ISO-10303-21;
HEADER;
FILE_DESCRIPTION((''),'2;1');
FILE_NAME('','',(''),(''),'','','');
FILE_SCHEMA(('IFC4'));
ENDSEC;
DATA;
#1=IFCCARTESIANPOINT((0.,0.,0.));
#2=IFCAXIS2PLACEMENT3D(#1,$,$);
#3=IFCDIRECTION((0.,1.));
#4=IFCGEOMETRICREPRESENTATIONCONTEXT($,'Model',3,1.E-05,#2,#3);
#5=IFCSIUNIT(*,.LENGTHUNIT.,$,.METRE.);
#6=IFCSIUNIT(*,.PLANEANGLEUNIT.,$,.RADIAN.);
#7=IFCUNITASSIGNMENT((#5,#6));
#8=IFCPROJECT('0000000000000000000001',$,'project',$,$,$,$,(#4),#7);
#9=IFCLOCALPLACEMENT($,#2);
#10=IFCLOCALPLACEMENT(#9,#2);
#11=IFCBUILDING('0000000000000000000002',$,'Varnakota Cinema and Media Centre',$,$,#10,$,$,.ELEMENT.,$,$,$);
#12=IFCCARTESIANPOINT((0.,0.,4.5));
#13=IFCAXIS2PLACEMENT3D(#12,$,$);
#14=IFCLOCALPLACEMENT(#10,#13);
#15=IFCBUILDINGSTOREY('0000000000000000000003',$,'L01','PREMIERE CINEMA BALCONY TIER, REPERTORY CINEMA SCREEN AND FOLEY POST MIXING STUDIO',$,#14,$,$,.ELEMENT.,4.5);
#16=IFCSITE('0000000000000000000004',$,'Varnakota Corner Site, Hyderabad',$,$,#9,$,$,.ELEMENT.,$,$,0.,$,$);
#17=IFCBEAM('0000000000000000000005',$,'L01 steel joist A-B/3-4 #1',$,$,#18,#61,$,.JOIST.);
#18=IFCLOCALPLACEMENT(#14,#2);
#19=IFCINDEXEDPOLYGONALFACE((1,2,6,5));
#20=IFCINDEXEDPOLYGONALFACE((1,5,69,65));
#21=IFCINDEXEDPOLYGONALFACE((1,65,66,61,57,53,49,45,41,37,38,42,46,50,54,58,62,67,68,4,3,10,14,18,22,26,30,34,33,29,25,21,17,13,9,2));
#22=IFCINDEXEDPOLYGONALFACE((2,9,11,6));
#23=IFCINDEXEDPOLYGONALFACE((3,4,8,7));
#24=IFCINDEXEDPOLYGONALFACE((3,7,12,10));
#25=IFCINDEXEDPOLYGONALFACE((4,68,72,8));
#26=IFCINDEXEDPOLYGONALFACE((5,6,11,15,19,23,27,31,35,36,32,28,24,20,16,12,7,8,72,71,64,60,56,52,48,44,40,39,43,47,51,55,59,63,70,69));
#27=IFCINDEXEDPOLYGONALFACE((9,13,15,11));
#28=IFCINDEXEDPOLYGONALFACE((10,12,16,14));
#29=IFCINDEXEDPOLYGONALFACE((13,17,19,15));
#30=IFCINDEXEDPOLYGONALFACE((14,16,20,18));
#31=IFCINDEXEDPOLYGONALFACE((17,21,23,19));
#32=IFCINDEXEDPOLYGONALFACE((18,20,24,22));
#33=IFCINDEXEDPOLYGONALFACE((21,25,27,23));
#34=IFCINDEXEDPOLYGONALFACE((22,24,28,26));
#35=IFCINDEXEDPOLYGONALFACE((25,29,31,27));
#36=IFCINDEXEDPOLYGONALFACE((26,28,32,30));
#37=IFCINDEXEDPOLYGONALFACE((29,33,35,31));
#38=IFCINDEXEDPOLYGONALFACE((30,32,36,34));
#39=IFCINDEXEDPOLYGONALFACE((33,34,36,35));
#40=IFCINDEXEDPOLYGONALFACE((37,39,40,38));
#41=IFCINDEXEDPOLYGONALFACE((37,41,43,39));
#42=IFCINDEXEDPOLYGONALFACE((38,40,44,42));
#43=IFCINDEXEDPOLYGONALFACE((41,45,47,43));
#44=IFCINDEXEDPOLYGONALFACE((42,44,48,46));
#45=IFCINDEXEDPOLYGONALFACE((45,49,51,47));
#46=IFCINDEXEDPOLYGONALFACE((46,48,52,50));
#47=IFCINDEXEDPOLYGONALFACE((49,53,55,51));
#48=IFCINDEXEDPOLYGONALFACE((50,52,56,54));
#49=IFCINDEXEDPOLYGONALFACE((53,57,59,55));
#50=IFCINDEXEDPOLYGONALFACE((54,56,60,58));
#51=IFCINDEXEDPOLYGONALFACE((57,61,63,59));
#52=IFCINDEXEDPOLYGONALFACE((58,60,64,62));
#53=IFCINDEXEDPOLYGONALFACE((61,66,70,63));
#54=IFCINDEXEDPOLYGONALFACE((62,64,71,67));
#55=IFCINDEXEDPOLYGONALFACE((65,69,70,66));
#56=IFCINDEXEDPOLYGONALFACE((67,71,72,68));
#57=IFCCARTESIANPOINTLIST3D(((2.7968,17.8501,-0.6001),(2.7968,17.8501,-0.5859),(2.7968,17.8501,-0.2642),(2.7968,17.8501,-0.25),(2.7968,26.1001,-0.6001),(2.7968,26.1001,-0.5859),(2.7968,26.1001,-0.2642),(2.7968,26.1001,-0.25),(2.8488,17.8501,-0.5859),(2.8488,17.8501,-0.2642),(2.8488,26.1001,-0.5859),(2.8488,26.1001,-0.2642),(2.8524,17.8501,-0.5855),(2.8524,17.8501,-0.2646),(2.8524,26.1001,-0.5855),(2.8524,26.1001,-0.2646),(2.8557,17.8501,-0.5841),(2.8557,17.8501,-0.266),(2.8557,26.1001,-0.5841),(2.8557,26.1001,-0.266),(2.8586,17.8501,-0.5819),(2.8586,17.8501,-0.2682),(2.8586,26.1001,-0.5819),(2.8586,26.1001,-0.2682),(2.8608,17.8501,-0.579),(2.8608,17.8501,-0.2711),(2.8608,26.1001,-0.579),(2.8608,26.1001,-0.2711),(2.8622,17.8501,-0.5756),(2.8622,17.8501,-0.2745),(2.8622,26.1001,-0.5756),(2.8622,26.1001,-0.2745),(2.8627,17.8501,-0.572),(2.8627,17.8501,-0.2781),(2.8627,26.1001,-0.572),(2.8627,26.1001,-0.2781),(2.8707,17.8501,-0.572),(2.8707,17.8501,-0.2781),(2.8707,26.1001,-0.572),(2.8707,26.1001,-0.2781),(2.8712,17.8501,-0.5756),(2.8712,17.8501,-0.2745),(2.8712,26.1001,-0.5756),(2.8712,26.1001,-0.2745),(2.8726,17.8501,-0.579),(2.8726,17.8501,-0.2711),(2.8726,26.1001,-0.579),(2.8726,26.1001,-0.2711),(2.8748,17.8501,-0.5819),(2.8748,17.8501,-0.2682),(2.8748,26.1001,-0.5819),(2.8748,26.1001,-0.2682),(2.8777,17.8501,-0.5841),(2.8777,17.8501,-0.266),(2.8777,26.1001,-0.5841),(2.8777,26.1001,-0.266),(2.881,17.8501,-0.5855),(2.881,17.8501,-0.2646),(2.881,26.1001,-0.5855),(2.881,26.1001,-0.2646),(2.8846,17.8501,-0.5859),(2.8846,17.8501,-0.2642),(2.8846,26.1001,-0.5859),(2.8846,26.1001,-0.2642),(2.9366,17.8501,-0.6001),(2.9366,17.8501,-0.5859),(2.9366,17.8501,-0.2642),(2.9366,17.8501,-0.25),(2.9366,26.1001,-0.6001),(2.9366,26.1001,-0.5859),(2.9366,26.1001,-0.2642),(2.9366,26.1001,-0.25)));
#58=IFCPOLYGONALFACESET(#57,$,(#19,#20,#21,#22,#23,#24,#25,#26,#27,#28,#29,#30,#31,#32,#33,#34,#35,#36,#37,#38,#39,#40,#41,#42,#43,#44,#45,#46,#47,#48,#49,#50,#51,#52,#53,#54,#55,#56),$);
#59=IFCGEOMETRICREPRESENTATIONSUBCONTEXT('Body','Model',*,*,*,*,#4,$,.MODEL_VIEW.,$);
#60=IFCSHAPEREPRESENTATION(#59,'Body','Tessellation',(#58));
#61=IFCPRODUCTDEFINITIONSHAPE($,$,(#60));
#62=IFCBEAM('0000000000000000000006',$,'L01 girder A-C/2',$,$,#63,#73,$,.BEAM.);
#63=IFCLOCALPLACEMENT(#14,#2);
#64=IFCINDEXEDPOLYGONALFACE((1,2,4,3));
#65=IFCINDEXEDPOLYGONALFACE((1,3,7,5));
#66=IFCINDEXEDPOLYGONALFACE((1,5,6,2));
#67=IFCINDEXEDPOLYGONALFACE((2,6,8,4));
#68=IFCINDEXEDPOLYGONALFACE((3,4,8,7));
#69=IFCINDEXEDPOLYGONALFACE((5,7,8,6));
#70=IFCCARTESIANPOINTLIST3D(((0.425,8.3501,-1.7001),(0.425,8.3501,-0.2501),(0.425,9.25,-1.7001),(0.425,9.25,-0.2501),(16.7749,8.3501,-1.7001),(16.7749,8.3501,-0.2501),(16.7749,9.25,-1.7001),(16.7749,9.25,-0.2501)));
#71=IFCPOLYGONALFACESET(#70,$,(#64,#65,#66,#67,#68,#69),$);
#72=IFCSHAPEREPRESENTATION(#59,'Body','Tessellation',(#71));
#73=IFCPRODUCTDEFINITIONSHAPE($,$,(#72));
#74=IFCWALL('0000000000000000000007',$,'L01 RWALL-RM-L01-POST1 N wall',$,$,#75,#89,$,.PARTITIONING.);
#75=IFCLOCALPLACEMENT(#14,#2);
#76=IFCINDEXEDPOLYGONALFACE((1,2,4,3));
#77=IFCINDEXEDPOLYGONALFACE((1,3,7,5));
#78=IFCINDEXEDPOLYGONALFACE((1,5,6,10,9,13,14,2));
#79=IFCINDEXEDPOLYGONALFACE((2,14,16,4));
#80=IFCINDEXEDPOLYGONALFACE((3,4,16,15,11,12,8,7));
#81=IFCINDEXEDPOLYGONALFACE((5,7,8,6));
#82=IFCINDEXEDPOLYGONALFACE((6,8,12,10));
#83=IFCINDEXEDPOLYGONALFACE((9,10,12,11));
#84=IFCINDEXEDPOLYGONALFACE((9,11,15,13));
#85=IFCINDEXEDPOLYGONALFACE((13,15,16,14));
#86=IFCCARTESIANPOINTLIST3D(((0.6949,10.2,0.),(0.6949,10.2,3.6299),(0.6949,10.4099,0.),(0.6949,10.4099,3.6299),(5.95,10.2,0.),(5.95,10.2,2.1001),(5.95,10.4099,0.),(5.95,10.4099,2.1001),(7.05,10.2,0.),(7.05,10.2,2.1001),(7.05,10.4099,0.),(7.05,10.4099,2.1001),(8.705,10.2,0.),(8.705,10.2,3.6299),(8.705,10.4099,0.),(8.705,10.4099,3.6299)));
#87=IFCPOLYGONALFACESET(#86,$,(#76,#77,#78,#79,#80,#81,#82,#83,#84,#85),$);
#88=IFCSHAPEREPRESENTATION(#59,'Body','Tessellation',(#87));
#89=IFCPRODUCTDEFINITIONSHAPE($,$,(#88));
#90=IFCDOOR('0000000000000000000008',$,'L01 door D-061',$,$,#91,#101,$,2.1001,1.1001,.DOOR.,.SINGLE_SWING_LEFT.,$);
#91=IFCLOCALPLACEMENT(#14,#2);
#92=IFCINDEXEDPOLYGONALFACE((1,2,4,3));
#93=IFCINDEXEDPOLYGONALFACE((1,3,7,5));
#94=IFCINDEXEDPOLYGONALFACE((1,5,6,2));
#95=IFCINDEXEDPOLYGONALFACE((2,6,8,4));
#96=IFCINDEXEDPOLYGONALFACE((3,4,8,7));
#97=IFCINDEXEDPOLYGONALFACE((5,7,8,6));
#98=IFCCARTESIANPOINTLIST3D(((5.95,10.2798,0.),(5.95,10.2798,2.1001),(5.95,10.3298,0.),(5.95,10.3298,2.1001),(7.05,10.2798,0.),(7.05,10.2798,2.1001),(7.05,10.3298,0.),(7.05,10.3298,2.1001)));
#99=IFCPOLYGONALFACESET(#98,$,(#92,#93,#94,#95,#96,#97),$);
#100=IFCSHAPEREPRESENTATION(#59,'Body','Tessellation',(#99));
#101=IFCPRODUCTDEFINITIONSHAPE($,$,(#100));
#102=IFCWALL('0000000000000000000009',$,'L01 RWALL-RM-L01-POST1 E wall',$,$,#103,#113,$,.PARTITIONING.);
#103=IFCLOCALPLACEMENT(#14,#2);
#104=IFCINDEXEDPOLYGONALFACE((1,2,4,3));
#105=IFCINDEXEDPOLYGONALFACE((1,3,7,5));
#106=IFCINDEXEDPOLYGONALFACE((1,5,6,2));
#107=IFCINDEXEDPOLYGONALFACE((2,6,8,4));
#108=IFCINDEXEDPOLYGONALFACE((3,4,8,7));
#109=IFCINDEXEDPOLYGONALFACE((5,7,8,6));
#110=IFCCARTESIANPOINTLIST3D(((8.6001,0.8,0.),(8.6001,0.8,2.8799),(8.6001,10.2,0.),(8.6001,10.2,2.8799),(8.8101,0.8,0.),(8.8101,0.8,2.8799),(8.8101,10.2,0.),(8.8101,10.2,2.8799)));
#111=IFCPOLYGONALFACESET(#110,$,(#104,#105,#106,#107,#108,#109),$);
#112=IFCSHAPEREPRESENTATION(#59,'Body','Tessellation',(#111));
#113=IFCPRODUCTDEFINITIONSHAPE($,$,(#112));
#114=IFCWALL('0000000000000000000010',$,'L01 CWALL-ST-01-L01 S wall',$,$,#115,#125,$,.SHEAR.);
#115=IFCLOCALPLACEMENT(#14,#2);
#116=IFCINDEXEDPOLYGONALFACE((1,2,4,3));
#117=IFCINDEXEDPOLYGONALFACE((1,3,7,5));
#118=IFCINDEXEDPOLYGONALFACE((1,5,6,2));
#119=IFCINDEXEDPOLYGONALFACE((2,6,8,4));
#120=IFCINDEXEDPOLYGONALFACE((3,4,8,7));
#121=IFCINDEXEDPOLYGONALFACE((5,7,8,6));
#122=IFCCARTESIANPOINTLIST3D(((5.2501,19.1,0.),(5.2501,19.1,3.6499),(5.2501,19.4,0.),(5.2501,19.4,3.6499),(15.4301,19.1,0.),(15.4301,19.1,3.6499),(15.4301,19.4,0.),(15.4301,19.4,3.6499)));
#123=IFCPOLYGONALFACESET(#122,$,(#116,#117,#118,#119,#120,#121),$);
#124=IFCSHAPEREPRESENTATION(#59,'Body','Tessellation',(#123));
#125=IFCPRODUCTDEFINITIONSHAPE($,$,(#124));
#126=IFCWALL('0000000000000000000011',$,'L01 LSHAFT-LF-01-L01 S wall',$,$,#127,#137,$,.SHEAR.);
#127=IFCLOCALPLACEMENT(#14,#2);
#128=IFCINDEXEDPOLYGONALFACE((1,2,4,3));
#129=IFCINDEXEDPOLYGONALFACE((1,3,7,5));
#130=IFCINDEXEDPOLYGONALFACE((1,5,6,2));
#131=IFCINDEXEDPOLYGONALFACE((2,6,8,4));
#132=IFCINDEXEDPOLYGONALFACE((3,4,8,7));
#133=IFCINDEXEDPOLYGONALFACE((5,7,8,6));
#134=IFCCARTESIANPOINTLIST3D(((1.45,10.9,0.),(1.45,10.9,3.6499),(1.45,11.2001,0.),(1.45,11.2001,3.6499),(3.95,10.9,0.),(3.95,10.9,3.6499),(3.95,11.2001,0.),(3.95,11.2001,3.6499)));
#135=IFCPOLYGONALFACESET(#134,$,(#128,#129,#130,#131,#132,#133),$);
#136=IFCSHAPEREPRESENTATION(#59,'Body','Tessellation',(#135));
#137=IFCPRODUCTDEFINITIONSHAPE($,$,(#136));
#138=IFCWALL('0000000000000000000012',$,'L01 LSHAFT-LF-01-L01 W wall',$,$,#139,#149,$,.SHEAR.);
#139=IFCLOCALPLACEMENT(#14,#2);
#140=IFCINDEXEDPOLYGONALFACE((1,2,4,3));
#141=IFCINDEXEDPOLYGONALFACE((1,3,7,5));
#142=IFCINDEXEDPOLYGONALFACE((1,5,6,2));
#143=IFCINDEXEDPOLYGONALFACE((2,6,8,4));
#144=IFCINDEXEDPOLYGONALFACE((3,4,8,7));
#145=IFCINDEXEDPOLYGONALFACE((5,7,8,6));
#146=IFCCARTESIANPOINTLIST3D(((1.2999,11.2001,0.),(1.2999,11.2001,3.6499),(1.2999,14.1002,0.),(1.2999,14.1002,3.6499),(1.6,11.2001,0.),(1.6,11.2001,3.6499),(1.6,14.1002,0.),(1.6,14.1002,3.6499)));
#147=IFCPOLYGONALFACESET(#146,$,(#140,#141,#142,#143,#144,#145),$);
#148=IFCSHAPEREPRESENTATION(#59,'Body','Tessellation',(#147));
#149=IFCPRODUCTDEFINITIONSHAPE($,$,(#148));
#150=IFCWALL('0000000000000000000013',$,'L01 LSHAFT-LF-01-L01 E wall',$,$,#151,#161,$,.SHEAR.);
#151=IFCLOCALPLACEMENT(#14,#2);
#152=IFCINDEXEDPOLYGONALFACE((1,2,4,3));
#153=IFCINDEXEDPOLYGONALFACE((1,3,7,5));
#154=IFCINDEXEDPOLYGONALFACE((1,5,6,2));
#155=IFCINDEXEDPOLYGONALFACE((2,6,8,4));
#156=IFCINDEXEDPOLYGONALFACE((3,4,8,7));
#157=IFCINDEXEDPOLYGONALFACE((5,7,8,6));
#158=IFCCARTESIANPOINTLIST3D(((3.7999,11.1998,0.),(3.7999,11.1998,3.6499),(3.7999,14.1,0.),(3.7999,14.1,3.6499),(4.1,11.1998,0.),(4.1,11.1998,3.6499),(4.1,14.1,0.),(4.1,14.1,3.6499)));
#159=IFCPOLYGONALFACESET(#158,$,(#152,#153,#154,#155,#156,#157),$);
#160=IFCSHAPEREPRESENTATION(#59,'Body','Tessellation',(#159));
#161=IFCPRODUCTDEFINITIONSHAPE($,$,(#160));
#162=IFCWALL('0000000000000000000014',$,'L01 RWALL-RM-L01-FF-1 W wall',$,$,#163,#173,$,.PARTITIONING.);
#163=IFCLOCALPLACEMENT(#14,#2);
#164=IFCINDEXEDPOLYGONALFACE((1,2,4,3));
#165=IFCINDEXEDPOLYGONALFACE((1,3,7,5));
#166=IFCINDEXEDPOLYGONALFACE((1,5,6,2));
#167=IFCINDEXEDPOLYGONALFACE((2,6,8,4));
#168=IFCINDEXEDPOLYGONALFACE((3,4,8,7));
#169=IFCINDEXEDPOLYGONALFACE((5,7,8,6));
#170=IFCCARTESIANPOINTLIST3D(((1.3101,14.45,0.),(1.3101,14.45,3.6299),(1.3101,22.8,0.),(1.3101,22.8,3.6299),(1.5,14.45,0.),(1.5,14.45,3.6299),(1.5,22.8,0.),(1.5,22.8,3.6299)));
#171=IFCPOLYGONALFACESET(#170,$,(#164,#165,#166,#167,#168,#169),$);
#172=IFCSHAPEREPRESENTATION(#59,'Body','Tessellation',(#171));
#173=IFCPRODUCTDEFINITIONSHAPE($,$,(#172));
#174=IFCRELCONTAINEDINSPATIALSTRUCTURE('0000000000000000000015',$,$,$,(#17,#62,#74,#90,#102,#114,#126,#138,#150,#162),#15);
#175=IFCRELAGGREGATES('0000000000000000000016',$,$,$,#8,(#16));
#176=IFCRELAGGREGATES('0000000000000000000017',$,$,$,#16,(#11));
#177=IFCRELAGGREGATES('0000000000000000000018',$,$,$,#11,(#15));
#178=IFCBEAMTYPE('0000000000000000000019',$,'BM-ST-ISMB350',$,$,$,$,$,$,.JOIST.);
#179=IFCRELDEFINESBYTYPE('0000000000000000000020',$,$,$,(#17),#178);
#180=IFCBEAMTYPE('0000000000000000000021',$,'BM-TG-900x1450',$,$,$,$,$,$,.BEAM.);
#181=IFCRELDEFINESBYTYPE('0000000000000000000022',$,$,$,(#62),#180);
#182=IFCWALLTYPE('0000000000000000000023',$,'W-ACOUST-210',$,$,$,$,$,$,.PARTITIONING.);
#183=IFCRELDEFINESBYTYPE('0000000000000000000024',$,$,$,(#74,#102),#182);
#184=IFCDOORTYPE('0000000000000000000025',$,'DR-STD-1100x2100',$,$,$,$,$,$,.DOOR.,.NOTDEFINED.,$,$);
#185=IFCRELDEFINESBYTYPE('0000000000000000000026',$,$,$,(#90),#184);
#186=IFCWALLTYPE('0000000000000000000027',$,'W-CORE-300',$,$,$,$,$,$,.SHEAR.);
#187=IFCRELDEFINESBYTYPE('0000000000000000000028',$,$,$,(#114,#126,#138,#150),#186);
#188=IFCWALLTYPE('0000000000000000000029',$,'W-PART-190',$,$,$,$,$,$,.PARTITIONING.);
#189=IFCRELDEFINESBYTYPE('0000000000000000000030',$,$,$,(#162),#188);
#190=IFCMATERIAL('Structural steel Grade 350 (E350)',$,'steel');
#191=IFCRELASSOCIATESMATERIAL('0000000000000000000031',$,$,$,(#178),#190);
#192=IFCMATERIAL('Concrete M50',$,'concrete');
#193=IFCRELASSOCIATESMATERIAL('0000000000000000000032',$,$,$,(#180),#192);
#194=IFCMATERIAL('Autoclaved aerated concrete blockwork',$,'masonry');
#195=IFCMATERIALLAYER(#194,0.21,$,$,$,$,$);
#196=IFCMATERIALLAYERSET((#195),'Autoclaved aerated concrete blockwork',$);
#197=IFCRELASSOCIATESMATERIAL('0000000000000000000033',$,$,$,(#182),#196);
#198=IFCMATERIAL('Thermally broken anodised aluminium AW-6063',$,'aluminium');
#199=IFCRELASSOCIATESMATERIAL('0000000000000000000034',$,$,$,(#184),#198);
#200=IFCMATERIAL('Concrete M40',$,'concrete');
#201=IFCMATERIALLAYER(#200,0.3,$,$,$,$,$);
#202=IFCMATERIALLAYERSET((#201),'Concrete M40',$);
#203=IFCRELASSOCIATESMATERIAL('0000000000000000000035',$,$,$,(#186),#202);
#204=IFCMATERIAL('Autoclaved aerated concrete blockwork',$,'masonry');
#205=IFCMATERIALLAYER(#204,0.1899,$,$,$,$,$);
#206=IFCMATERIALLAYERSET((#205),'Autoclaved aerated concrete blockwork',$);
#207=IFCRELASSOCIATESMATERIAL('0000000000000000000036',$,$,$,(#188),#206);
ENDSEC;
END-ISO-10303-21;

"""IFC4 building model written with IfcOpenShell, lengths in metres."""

from ifc_helpers import new_model, si_unit, direction, frame, frame_2d, origin, origin_2d, place, context, subcontext, project, spatial, rectangle, i_section, extrude, material, layer, layer_set, material_profile, profile_set, type_object, element, fill, save


model = new_model("IFC4")

# Units and contexts
model_context = context("Model", 3, precision=1e-05, world=origin(), true_north=direction((0.0, 1.0)))
body_context = subcontext(model_context, "Body", "Model", "MODEL_VIEW")
ifc_project = project(units=[si_unit("LENGTHUNIT", "METRE"), si_unit("PLANEANGLEUNIT", "RADIAN")], contexts=[model_context])

# Site, building, storey
site_placement = place(None, origin())
site = spatial("IfcSite", under=ifc_project, at=site_placement, Name="Varnakota Corner Site, Hyderabad", CompositionType="ELEMENT", RefElevation=0.0)
building_placement = place(site_placement, origin())
building = spatial("IfcBuilding", under=site, at=building_placement, Name="Varnakota Cinema and Media Centre", CompositionType="ELEMENT")
storey_placement = place(building_placement, frame((0.0, 0.0, 4.5)))
storey = spatial("IfcBuildingStorey", under=building, at=storey_placement, Name="L01", Description="PREMIERE CINEMA BALCONY TIER, REPERTORY CINEMA SCREEN AND FOLEY POST MIXING STUDIO", CompositionType="ELEMENT", Elevation=4.5)

# Beams
ifc_material_1 = material(Name="Structural steel Grade 350 (E350)", Category="steel")
ifc_material_profile_1 = material_profile(ifc_material_1, i_section(OverallWidth=0.1399, OverallDepth=0.3501, WebThickness=0.0081, FlangeThickness=0.0142, FilletRadius=0.0139, at=origin_2d()), Name="ISMB 350")
ifc_profile_set_1 = profile_set([ifc_material_profile_1], Name="Structural steel Grade 350 (E350)")
beam_type_1 = type_object("IfcBeamType", Name="BM-ST-ISMB350", PredefinedType="JOIST", material=ifc_profile_set_1)
beam_1_placement = place(storey_placement, frame((2.8667, 17.8501, -0.425), z_axis=(0.0, 1.0, 0.0), x_axis=(-1.0, 0.0, 0.0)))
element("IfcBeam", 1, at=beam_1_placement, inside=storey, type_object=beam_type_1, Name="L01 steel joist A-B/3-4 #1", PredefinedType="JOIST", context=body_context, shape_type="SweptSolid", body=[
    extrude(i_section(OverallWidth=0.1399, OverallDepth=0.3501, WebThickness=0.0081, FlangeThickness=0.0142, FilletRadius=0.0139, at=origin_2d()), origin(), (0.0, 0.0, 1.0), 8.25),
])
ifc_material_2 = material(Name="Concrete M50", Category="concrete")
ifc_material_profile_2 = material_profile(ifc_material_2, rectangle(XDim=0.8999, YDim=1.45, at=origin_2d()), Name="RCB 900x1450")
ifc_profile_set_2 = profile_set([ifc_material_profile_2], Name="Concrete M50")
beam_type_2 = type_object("IfcBeamType", Name="BM-TG-900x1450", PredefinedType="BEAM", material=ifc_profile_set_2)
beam_2_placement = place(storey_placement, frame((0.425, 8.8, -0.9751), z_axis=(1.0, 0.0, 0.0), x_axis=(0.0, 1.0, 0.0)))
element("IfcBeam", 2, at=beam_2_placement, inside=storey, type_object=beam_type_2, Name="L01 girder A-C/2", PredefinedType="BEAM", context=body_context, shape_type="SweptSolid", body=[
    extrude(rectangle(XDim=0.8999, YDim=1.45, at=origin_2d()), origin(), (0.0, 0.0, 1.0), 16.3499),
])

# Wall, opening, door
ifc_material_3 = material(Name="Autoclaved aerated concrete blockwork", Category="masonry")
ifc_layer_1 = layer(ifc_material_3, 0.21)
ifc_layer_set_1 = layer_set([ifc_layer_1], Name="Autoclaved aerated concrete blockwork")
wall_type_1 = type_object("IfcWallType", Name="W-ACOUST-210", PredefinedType="PARTITIONING", material=ifc_layer_set_1)
wall_1_placement = place(storey_placement, frame((0.6951, 10.3049, 0.0), z_axis=(0.0, 0.0, 1.0), x_axis=(1.0, 0.0, 0.0)))
wall_1 = element("IfcWall", 3, at=wall_1_placement, inside=storey, type_object=wall_type_1, Name="L01 RWALL-RM-L01-POST1 N wall", PredefinedType="PARTITIONING", context=body_context, shape_type="SweptSolid", body=[
    extrude(rectangle(XDim=8.01, YDim=0.21, at=frame_2d((4.0049, 0.0))), origin(), (0.0, 0.0, 1.0), 3.6299),
])
opening_1_placement = place(wall_1_placement, frame((5.2549, 0.0, 0.0)))
opening_1 = element("IfcOpeningElement", 4, at=opening_1_placement, cuts=wall_1, PredefinedType="OPENING", context=body_context, shape_type="SweptSolid", body=[
    extrude(rectangle(XDim=1.1001, YDim=2.1001, at=frame_2d((0.55, 1.05))), frame((0.0, 0.105, 0.0), z_axis=(0.0, -1.0, 0.0), x_axis=(1.0, 0.0, 0.0)), (0.0, 0.0, 1.0), 0.21),
])
ifc_material_4 = material(Name="Thermally broken anodised aluminium AW-6063", Category="aluminium")
door_type_1 = type_object("IfcDoorType", Name="DR-STD-1100x2100", OperationType="NOTDEFINED", PredefinedType="DOOR", material=ifc_material_4)
door_1_placement = place(opening_1_placement, origin())
door_1 = element("IfcDoor", 5, at=door_1_placement, inside=storey, type_object=door_type_1, Name="L01 door D-061", OperationType="SINGLE_SWING_LEFT", OverallHeight=2.1001, OverallWidth=1.1001, PredefinedType="DOOR", context=body_context, shape_type="SweptSolid", body=[
    extrude(rectangle(XDim=1.1001, YDim=2.1001, at=frame_2d((0.55, 1.05))), frame((0.0, 0.0249, 0.0), z_axis=(0.0, -1.0, 0.0), x_axis=(1.0, 0.0, 0.0)), (0.0, 0.0, 1.0), 0.05),
])
fill(opening_1, door_1)

# Walls
wall_2_placement = place(storey_placement, frame((8.7051, 10.2, 0.0), z_axis=(0.0, 0.0, 1.0), x_axis=(0.0, -1.0, 0.0)))
element("IfcWall", 6, at=wall_2_placement, inside=storey, type_object=wall_type_1, Name="L01 RWALL-RM-L01-POST1 E wall", PredefinedType="PARTITIONING", context=body_context, shape_type="SweptSolid", body=[
    extrude(rectangle(XDim=9.3999, YDim=0.21, at=frame_2d((4.7, 0.0))), origin(), (0.0, 0.0, 1.0), 2.8799),
])
ifc_material_5 = material(Name="Concrete M40", Category="concrete")
ifc_layer_2 = layer(ifc_material_5, 0.3)
ifc_layer_set_2 = layer_set([ifc_layer_2], Name="Concrete M40")
wall_type_2 = type_object("IfcWallType", Name="W-CORE-300", PredefinedType="SHEAR", material=ifc_layer_set_2)
wall_3_placement = place(storey_placement, frame((15.4299, 19.25, 0.0), z_axis=(0.0, 0.0, 1.0), x_axis=(-1.0, 0.0, 0.0)))
element("IfcWall", 7, at=wall_3_placement, inside=storey, type_object=wall_type_2, Name="L01 CWALL-ST-01-L01 S wall", PredefinedType="SHEAR", context=body_context, shape_type="SweptSolid", body=[
    extrude(rectangle(XDim=10.1799, YDim=0.3, at=frame_2d((5.0898, 0.0))), origin(), (0.0, 0.0, 1.0), 3.6499),
])

# Walls
wall_4_placement = place(storey_placement, frame((3.95, 11.05, 0.0), z_axis=(0.0, 0.0, 1.0), x_axis=(-1.0, 0.0, 0.0)))
element("IfcWall", 8, at=wall_4_placement, inside=storey, type_object=wall_type_2, Name="L01 LSHAFT-LF-01-L01 S wall", PredefinedType="SHEAR", context=body_context, shape_type="SweptSolid", body=[
    extrude(rectangle(XDim=2.5, YDim=0.3, at=frame_2d((1.25, 0.0))), origin(), (0.0, 0.0, 1.0), 3.6499),
])
wall_5_placement = place(storey_placement, frame((1.45, 11.2, 0.0), z_axis=(0.0, 0.0, 1.0), x_axis=(0.0, 1.0, 0.0)))
element("IfcWall", 9, at=wall_5_placement, inside=storey, type_object=wall_type_2, Name="L01 LSHAFT-LF-01-L01 W wall", PredefinedType="SHEAR", context=body_context, shape_type="SweptSolid", body=[
    extrude(rectangle(XDim=2.9001, YDim=0.3, at=frame_2d((1.4502, 0.0))), origin(), (0.0, 0.0, 1.0), 3.6499),
])

# Walls
wall_6_placement = place(storey_placement, frame((3.95, 14.1001, 0.0), z_axis=(0.0, 0.0, 1.0), x_axis=(0.0, -1.0, 0.0)))
element("IfcWall", 10, at=wall_6_placement, inside=storey, type_object=wall_type_2, Name="L01 LSHAFT-LF-01-L01 E wall", PredefinedType="SHEAR", context=body_context, shape_type="SweptSolid", body=[
    extrude(rectangle(XDim=2.9001, YDim=0.3, at=frame_2d((1.4502, 0.0))), origin(), (0.0, 0.0, 1.0), 3.6499),
])
ifc_material_6 = material(Name="Autoclaved aerated concrete blockwork", Category="masonry")
ifc_layer_3 = layer(ifc_material_6, 0.1899)
ifc_layer_set_3 = layer_set([ifc_layer_3], Name="Autoclaved aerated concrete blockwork")
wall_type_3 = type_object("IfcWallType", Name="W-PART-190", PredefinedType="PARTITIONING", material=ifc_layer_set_3)
wall_7_placement = place(storey_placement, frame((1.405, 14.45, 0.0), z_axis=(0.0, 0.0, 1.0), x_axis=(0.0, 1.0, 0.0)))
element("IfcWall", 11, at=wall_7_placement, inside=storey, type_object=wall_type_3, Name="L01 RWALL-RM-L01-FF-1 W wall", PredefinedType="PARTITIONING", context=body_context, shape_type="SweptSolid", body=[
    extrude(rectangle(XDim=8.3501, YDim=0.1899, at=frame_2d((4.175, 0.0))), origin(), (0.0, 0.0, 1.0), 3.6299),
])

save(model, "model.ifc")
